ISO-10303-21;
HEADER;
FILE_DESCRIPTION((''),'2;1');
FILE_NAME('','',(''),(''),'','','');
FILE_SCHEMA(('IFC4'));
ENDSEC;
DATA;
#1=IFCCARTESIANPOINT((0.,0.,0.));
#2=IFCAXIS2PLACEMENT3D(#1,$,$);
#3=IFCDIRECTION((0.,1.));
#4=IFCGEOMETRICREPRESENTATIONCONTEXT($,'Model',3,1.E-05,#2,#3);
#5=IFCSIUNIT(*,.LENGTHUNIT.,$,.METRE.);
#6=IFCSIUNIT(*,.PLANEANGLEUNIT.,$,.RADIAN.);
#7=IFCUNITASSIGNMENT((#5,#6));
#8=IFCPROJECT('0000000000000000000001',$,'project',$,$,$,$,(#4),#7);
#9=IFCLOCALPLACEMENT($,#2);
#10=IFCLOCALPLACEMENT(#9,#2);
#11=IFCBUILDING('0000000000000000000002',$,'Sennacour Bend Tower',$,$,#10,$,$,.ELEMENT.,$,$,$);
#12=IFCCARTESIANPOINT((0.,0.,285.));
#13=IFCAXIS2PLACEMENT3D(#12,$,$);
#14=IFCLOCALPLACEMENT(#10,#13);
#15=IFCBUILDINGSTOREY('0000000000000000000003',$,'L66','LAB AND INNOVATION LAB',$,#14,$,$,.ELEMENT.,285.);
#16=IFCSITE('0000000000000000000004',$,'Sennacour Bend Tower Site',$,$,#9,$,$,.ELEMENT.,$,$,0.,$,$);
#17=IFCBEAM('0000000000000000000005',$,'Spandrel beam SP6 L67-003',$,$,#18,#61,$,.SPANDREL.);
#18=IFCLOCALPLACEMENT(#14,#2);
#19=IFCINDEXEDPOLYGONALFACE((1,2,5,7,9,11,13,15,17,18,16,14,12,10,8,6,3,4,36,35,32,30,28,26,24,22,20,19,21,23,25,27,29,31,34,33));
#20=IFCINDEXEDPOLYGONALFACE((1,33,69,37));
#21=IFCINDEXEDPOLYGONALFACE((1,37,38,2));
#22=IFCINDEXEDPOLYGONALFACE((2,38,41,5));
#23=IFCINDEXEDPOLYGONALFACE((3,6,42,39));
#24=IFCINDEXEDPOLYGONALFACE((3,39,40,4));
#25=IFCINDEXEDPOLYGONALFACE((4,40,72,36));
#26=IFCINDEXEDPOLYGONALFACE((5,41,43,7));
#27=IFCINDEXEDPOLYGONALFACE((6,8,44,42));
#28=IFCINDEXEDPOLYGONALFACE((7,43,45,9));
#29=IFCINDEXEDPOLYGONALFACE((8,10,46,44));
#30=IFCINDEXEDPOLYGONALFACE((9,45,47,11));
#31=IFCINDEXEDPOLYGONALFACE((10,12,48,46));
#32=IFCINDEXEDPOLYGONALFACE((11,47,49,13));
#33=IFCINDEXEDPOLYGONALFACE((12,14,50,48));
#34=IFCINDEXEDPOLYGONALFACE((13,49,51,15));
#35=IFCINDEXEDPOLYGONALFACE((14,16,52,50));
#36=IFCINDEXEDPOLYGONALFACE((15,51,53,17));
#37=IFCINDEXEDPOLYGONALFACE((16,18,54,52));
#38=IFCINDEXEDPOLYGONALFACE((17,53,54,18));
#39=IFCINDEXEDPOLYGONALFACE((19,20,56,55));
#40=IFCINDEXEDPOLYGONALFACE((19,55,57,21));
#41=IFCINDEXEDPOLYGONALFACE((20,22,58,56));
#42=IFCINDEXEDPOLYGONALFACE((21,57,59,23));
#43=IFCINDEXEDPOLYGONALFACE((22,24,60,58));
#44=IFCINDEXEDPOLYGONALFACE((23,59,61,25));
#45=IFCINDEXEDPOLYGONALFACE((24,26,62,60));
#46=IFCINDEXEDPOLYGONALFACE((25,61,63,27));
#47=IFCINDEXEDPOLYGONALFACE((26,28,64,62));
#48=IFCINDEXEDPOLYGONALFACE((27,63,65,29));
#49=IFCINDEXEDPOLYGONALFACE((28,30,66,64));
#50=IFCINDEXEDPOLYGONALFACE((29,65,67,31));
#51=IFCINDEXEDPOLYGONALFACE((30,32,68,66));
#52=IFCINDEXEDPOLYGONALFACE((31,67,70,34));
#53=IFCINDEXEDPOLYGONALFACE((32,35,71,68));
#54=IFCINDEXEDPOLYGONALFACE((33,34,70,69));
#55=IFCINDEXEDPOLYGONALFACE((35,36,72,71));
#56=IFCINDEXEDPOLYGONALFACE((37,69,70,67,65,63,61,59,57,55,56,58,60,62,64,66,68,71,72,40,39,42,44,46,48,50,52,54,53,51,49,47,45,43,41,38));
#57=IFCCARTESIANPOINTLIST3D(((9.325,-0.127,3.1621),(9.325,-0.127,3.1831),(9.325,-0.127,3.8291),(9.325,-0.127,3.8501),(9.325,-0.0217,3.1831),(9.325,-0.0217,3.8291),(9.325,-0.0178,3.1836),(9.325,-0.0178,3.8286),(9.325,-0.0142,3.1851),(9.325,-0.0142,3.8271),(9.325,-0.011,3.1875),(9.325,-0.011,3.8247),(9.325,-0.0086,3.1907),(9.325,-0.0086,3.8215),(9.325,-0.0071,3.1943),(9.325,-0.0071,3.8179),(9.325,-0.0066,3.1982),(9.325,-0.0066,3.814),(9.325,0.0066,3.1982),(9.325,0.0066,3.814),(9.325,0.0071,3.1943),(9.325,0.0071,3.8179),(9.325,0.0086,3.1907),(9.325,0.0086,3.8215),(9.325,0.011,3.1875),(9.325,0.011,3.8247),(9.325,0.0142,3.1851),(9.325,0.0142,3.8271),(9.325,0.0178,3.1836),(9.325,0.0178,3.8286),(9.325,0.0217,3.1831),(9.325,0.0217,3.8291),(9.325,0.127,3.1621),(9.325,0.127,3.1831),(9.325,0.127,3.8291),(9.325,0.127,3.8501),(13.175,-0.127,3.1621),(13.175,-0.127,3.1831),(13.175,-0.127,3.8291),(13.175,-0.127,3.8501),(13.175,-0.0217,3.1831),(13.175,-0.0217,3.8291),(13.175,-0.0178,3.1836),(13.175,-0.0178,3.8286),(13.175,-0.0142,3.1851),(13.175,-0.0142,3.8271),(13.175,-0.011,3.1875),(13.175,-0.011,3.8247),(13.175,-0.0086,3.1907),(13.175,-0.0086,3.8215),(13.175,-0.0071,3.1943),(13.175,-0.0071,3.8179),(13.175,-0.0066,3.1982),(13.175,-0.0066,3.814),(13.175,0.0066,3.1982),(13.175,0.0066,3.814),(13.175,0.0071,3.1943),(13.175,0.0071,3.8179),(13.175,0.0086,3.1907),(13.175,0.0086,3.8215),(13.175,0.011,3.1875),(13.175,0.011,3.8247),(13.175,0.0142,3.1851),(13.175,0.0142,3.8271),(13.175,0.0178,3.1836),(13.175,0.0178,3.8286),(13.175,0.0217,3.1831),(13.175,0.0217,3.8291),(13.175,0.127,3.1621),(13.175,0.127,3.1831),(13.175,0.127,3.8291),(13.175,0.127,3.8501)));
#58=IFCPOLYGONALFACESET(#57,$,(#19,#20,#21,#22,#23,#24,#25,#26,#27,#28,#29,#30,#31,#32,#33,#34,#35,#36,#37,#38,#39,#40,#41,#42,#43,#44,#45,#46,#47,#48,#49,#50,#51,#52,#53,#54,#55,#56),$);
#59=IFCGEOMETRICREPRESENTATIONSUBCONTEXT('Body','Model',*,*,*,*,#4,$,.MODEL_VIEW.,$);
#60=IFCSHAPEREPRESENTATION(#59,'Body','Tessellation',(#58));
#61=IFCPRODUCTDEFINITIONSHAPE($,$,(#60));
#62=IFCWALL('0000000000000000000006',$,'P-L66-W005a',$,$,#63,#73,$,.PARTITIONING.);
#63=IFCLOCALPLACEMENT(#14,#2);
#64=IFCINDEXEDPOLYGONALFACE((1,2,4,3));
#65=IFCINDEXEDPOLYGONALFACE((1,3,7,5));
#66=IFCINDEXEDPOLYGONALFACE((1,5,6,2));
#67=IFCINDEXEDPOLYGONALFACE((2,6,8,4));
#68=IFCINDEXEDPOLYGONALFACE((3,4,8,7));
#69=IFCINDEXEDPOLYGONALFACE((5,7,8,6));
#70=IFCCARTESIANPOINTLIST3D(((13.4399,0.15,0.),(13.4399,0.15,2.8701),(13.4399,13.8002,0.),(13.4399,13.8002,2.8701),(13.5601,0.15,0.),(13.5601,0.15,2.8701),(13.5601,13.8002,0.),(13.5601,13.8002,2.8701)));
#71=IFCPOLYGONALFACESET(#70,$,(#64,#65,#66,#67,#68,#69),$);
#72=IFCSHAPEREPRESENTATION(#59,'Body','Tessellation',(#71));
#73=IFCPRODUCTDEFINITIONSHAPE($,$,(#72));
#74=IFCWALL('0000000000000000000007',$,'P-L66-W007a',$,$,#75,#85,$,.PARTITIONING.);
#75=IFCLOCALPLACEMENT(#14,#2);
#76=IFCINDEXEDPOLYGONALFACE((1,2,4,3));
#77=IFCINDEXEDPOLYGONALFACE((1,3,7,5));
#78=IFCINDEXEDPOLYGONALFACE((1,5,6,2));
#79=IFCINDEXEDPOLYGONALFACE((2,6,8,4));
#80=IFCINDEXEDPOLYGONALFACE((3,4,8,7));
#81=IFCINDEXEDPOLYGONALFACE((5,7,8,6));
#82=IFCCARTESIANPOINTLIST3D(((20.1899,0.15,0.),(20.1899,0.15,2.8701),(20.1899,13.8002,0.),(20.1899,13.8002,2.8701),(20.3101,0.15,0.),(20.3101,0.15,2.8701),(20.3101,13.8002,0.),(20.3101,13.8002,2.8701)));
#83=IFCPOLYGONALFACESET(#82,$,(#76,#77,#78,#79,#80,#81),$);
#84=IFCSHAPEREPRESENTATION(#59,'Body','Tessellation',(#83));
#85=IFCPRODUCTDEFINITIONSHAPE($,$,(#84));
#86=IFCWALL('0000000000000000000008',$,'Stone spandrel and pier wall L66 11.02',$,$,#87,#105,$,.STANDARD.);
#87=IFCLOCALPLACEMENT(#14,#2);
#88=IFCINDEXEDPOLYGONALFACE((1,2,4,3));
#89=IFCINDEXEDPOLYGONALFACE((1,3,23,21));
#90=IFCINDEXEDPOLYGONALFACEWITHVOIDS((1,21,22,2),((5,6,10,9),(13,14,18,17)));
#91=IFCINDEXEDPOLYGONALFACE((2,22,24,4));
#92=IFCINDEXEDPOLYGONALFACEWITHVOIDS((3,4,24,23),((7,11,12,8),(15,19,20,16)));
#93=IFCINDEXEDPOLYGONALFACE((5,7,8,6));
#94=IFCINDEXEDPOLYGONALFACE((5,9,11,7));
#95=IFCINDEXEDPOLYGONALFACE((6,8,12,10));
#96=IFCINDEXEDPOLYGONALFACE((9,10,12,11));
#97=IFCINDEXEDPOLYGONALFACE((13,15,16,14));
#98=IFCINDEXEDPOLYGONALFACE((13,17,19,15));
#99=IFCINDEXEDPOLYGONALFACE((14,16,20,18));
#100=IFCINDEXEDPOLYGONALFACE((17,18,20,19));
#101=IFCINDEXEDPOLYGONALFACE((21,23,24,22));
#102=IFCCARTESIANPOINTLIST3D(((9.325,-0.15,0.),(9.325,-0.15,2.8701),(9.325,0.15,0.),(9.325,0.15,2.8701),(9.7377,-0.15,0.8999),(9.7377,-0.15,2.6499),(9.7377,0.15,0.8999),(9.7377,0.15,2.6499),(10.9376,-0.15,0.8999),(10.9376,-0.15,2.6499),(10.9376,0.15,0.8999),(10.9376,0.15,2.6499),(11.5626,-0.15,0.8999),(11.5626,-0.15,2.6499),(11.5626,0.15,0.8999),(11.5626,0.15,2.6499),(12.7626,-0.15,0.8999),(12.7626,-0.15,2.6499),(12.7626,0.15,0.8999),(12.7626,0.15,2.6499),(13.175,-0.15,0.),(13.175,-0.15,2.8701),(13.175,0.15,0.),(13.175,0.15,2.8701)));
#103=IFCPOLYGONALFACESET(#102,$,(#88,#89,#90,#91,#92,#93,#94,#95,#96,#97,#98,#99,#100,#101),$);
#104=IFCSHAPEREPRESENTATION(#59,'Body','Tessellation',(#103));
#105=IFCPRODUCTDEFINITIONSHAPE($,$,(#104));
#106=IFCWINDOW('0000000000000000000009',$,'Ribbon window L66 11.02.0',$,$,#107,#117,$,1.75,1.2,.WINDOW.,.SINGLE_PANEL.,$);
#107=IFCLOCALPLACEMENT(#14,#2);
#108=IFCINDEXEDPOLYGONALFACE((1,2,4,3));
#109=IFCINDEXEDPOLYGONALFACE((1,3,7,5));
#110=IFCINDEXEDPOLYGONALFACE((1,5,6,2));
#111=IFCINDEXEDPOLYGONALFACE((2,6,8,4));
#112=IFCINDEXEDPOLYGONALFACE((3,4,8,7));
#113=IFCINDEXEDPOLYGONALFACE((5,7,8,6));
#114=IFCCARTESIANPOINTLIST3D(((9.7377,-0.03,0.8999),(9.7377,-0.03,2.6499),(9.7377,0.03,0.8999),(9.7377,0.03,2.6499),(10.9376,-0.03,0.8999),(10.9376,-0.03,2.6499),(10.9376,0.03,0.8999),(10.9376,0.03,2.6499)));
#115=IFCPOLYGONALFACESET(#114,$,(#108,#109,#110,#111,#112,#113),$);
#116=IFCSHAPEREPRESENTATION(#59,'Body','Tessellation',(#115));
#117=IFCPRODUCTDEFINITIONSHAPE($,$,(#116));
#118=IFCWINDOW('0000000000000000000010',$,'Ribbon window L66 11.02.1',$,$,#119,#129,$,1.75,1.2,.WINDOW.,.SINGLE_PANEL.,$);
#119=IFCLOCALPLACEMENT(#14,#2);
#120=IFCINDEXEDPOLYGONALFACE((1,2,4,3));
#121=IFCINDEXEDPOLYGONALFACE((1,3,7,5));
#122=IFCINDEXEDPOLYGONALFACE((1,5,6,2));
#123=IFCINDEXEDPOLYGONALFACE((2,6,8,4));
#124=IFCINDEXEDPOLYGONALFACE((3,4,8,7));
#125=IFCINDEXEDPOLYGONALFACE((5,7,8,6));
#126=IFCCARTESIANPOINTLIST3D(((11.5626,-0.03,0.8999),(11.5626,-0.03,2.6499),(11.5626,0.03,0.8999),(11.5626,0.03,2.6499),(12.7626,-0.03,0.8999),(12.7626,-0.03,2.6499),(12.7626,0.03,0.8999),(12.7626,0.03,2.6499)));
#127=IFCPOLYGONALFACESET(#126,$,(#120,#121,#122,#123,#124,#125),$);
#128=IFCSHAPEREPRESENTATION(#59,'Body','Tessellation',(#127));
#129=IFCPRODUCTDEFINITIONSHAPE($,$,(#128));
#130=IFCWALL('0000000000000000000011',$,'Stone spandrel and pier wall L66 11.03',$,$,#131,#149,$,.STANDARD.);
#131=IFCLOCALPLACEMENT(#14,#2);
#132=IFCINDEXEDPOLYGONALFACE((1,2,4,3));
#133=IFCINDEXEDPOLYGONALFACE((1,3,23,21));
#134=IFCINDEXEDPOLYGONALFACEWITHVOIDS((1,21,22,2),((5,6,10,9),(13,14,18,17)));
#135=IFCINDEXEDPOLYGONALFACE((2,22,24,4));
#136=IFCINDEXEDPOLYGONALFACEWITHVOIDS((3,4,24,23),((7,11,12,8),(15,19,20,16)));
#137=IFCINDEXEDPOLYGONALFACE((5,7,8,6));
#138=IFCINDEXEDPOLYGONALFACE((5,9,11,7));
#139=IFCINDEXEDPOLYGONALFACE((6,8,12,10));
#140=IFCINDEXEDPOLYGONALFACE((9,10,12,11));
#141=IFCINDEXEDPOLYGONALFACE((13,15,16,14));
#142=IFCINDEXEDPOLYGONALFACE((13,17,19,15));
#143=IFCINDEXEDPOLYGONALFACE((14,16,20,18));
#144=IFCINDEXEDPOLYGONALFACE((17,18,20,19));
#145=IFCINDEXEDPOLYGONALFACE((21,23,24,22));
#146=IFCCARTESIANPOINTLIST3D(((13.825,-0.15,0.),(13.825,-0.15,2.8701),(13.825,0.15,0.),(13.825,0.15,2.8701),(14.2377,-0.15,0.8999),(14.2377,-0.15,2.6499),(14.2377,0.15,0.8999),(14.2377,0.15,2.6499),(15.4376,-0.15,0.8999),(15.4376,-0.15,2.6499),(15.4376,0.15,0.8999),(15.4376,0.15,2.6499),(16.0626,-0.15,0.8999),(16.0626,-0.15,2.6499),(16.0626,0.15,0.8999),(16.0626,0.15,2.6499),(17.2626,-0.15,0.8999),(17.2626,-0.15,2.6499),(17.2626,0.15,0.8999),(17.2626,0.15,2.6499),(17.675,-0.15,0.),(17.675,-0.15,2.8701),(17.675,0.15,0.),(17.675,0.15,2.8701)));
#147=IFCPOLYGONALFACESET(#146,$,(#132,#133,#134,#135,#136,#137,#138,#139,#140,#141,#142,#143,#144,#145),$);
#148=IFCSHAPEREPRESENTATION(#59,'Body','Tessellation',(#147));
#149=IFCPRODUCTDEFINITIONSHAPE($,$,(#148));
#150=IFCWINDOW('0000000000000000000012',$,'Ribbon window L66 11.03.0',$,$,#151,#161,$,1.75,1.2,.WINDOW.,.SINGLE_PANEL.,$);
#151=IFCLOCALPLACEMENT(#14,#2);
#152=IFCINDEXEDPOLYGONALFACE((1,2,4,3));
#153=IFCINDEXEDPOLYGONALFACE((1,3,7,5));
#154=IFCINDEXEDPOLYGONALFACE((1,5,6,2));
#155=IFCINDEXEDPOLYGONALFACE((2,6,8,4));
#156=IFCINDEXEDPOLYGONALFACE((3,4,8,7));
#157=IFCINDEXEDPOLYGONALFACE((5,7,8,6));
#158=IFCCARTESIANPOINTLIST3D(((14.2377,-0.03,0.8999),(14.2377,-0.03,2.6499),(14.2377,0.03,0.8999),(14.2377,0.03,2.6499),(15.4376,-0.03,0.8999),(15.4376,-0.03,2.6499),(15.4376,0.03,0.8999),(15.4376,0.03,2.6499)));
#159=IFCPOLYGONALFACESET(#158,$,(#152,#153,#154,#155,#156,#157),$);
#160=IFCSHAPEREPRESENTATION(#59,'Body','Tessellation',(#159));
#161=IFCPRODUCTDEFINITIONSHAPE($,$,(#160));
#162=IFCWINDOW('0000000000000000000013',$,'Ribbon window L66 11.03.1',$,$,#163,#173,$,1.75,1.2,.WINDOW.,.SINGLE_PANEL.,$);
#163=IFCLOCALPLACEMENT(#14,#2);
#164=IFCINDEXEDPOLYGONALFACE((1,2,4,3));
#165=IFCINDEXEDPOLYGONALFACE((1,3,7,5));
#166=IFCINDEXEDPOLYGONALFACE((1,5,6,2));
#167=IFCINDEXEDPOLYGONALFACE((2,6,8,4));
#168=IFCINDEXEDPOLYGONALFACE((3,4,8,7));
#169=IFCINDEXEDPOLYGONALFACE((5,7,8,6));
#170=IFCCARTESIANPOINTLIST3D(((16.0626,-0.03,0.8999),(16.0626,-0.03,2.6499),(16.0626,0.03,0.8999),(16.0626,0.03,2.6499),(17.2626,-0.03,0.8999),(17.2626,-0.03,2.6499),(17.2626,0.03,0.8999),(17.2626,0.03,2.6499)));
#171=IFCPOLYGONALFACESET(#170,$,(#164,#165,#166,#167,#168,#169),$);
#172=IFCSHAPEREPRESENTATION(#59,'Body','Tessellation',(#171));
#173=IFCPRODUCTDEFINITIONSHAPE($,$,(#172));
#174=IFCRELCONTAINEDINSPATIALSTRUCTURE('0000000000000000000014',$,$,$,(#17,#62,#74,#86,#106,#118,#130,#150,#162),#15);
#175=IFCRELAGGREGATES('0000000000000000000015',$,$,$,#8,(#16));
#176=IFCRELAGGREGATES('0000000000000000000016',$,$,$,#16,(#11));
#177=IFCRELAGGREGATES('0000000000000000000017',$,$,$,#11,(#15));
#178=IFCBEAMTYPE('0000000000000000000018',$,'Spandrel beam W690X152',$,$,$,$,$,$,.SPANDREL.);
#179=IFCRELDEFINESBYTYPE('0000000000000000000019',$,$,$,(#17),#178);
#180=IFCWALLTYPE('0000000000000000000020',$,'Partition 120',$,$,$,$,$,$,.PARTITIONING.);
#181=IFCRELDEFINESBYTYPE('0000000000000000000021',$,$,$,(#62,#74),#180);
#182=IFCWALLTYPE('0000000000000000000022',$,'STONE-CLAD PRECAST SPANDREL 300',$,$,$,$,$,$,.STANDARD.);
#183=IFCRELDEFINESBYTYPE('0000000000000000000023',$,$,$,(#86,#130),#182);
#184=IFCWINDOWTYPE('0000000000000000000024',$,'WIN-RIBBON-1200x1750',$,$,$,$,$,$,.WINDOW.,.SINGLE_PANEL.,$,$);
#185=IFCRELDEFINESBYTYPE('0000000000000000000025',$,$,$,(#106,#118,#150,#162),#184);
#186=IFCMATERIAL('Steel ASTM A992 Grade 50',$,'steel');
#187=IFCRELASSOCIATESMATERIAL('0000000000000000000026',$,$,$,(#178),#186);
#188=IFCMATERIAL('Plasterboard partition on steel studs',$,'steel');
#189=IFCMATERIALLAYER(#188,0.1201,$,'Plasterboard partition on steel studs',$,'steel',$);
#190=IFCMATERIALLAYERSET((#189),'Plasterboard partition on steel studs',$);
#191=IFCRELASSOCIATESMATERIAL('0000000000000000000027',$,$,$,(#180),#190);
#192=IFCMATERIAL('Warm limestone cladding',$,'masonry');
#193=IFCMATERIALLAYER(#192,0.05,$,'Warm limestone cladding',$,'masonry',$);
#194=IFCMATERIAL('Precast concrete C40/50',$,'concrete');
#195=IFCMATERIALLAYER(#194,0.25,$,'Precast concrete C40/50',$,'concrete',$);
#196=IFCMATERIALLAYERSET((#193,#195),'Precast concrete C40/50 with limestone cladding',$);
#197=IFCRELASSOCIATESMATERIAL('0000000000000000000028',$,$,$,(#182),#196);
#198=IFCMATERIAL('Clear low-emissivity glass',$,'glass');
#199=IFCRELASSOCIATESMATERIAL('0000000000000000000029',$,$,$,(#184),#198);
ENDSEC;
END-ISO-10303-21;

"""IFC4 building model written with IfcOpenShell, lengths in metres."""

from ifc_helpers import new_model, si_unit, direction, frame, frame_2d, origin, origin_2d, place, context, subcontext, project, spatial, rectangle, i_section, extrude, material, layer, layer_set, material_profile, profile_set, type_object, element, fill, save


model = new_model("IFC4")

# Units and contexts
model_context = context("Model", 3, precision=1e-05, world=origin(), true_north=direction((0.0, 1.0)))
body_context = subcontext(model_context, "Body", "Model", "MODEL_VIEW")
ifc_project = project(units=[si_unit("LENGTHUNIT", "METRE"), si_unit("PLANEANGLEUNIT", "RADIAN")], contexts=[model_context])

# Site, building, storey
site_placement = place(None, origin())
site = spatial("IfcSite", under=ifc_project, at=site_placement, Name="Sennacour Bend Tower Site", CompositionType="ELEMENT", RefElevation=0.0)
building_placement = place(site_placement, origin())
building = spatial("IfcBuilding", under=site, at=building_placement, Name="Sennacour Bend Tower", CompositionType="ELEMENT")
storey_placement = place(building_placement, frame((0.0, 0.0, 285.0)))
storey = spatial("IfcBuildingStorey", under=building, at=storey_placement, Name="L66", Description="LAB AND INNOVATION LAB", CompositionType="ELEMENT", Elevation=285.0)

# Beam
ifc_material_1 = material(Name="Steel ASTM A992 Grade 50", Category="steel")
ifc_material_profile_1 = material_profile(ifc_material_1, i_section(OverallWidth=0.2539, OverallDepth=0.688, WebThickness=0.0132, FlangeThickness=0.021, FilletRadius=0.0151, at=origin_2d()), Name="Steel ASTM A992 Grade 50", Category="steel")
ifc_profile_set_1 = profile_set([ifc_material_profile_1], Name="Steel ASTM A992 Grade 50")
beam_type_1 = type_object("IfcBeamType", Name="Spandrel beam W690X152", PredefinedType="SPANDREL", material=ifc_profile_set_1)
for number, where, z_axis, x_axis, name in (
    (1, (13.175, 0.0, 3.5061), (-1.0, 0.0, 0.0), (0.0, -1.0, 0.0), "Spandrel beam SP6 L67-003"),
):
    element("IfcBeam", number, at=place(storey_placement, frame(where, z_axis=z_axis, x_axis=x_axis)), inside=storey, type_object=beam_type_1, Name=name, PredefinedType="SPANDREL", context=body_context, shape_type="SweptSolid", body=[
        extrude(i_section(OverallWidth=0.2539, OverallDepth=0.688, WebThickness=0.0132, FlangeThickness=0.021, FilletRadius=0.0151, at=origin_2d()), origin(), (0.0, 0.0, 1.0), 3.8501),
    ])

# Walls
ifc_material_2 = material(Name="Plasterboard partition on steel studs", Category="steel")
ifc_layer_1 = layer(ifc_material_2, 0.1201, Name="Plasterboard partition on steel studs", Category="steel")
ifc_layer_set_1 = layer_set([ifc_layer_1], Name="Plasterboard partition on steel studs")
wall_type_1 = type_object("IfcWallType", Name="Partition 120", PredefinedType="PARTITIONING", material=ifc_layer_set_1)
for number, where, z_axis, x_axis, name in (
    (2, (13.5, 0.1499, 0.0), (0.0, 0.0, 1.0), (0.0, 1.0, 0.0), "P-L66-W005a"),
    (3, (20.25, 0.1499, 0.0), (0.0, 0.0, 1.0), (0.0, 1.0, 0.0), "P-L66-W007a"),
):
    element("IfcWall", number, at=place(storey_placement, frame(where, z_axis=z_axis, x_axis=x_axis)), inside=storey, type_object=wall_type_1, Name=name, PredefinedType="PARTITIONING", context=body_context, shape_type="SweptSolid", body=[
        extrude(rectangle(XDim=13.6501, YDim=0.1201, at=frame_2d((6.8252, 0.0))), origin(), (0.0, 0.0, 1.0), 2.8701),
    ])

# Walls, openings, windows
ifc_material_3 = material(Name="Warm limestone cladding", Category="masonry")
ifc_layer_2 = layer(ifc_material_3, 0.05, Name="Warm limestone cladding", Category="masonry")
ifc_material_4 = material(Name="Precast concrete C40/50", Category="concrete")
ifc_layer_3 = layer(ifc_material_4, 0.25, Name="Precast concrete C40/50", Category="concrete")
ifc_layer_set_2 = layer_set([ifc_layer_2, ifc_layer_3], Name="Precast concrete C40/50 with limestone cladding")
wall_type_2 = type_object("IfcWallType", Name="STONE-CLAD PRECAST SPANDREL 300", PredefinedType="STANDARD", material=ifc_layer_set_2)
wall_1_placement = place(storey_placement, frame((9.325, 0.0, 0.0), z_axis=(0.0, 0.0, 1.0), x_axis=(1.0, 0.0, 0.0)))
wall_1 = element("IfcWall", 4, at=wall_1_placement, inside=storey, type_object=wall_type_2, Name="Stone spandrel and pier wall L66 11.02", PredefinedType="STANDARD", context=body_context, shape_type="SweptSolid", body=[
    extrude(rectangle(XDim=3.8501, YDim=0.3, at=frame_2d((1.925, 0.0))), origin(), (0.0, 0.0, 1.0), 2.8701),
])
opening_1_placement = place(wall_1_placement, frame((0.4126, 0.0, 0.8999)))
opening_1 = element("IfcOpeningElement", 5, at=opening_1_placement, cuts=wall_1, PredefinedType="OPENING", context=body_context, shape_type="SweptSolid", body=[
    extrude(rectangle(XDim=1.2, YDim=1.75, at=frame_2d((0.6001, 0.875))), frame((0.0, 0.1602, 0.0), z_axis=(0.0, -1.0, 0.0), x_axis=(1.0, 0.0, 0.0)), (0.0, 0.0, 1.0), 0.3201),
])
opening_2_placement = place(wall_1_placement, frame((2.2375, 0.0, 0.8999)))
opening_2 = element("IfcOpeningElement", 6, at=opening_2_placement, cuts=wall_1, PredefinedType="OPENING", context=body_context, shape_type="SweptSolid", body=[
    extrude(rectangle(XDim=1.2, YDim=1.75, at=frame_2d((0.6001, 0.875))), frame((0.0, 0.1602, 0.0), z_axis=(0.0, -1.0, 0.0), x_axis=(1.0, 0.0, 0.0)), (0.0, 0.0, 1.0), 0.3201),
])
ifc_material_5 = material(Name="Clear low-emissivity glass", Category="glass")
window_type = type_object("IfcWindowType", Name="WIN-RIBBON-1200x1750", PartitioningType="SINGLE_PANEL", PredefinedType="WINDOW", material=ifc_material_5)
window_1_placement = place(opening_1_placement, origin())
window_1 = element("IfcWindow", 7, at=window_1_placement, inside=storey, type_object=window_type, Name="Ribbon window L66 11.02.0", OverallHeight=1.75, OverallWidth=1.2, PartitioningType="SINGLE_PANEL", PredefinedType="WINDOW", context=body_context, shape_type="SweptSolid", body=[
    extrude(rectangle(XDim=1.2, YDim=1.75, at=frame_2d((0.6001, 0.875))), frame((0.0, 0.03, 0.0), z_axis=(0.0, -1.0, 0.0), x_axis=(1.0, 0.0, 0.0)), (0.0, 0.0, 1.0), 0.0601),
])
fill(opening_1, window_1)
window_2_placement = place(opening_2_placement, origin())
window_2 = element("IfcWindow", 8, at=window_2_placement, inside=storey, type_object=window_type, Name="Ribbon window L66 11.02.1", OverallHeight=1.75, OverallWidth=1.2, PartitioningType="SINGLE_PANEL", PredefinedType="WINDOW", context=body_context, shape_type="SweptSolid", body=[
    extrude(rectangle(XDim=1.2, YDim=1.75, at=frame_2d((0.6001, 0.875))), frame((0.0, 0.03, 0.0), z_axis=(0.0, -1.0, 0.0), x_axis=(1.0, 0.0, 0.0)), (0.0, 0.0, 1.0), 0.0601),
])
fill(opening_2, window_2)
wall_2_placement = place(storey_placement, frame((13.825, 0.0, 0.0), z_axis=(0.0, 0.0, 1.0), x_axis=(1.0, 0.0, 0.0)))
wall_2 = element("IfcWall", 9, at=wall_2_placement, inside=storey, type_object=wall_type_2, Name="Stone spandrel and pier wall L66 11.03", PredefinedType="STANDARD", context=body_context, shape_type="SweptSolid", body=[
    extrude(rectangle(XDim=3.8501, YDim=0.3, at=frame_2d((1.925, 0.0))), origin(), (0.0, 0.0, 1.0), 2.8701),
])
opening_3_placement = place(wall_2_placement, frame((0.4126, 0.0, 0.8999)))
opening_3 = element("IfcOpeningElement", 10, at=opening_3_placement, cuts=wall_2, PredefinedType="OPENING", context=body_context, shape_type="SweptSolid", body=[
    extrude(rectangle(XDim=1.2, YDim=1.75, at=frame_2d((0.6001, 0.875))), frame((0.0, 0.1602, 0.0), z_axis=(0.0, -1.0, 0.0), x_axis=(1.0, 0.0, 0.0)), (0.0, 0.0, 1.0), 0.3201),
])
opening_4_placement = place(wall_2_placement, frame((2.2375, 0.0, 0.8999)))
opening_4 = element("IfcOpeningElement", 11, at=opening_4_placement, cuts=wall_2, PredefinedType="OPENING", context=body_context, shape_type="SweptSolid", body=[
    extrude(rectangle(XDim=1.2, YDim=1.75, at=frame_2d((0.6001, 0.875))), frame((0.0, 0.1602, 0.0), z_axis=(0.0, -1.0, 0.0), x_axis=(1.0, 0.0, 0.0)), (0.0, 0.0, 1.0), 0.3201),
])
window_3_placement = place(opening_3_placement, origin())
window_3 = element("IfcWindow", 12, at=window_3_placement, inside=storey, type_object=window_type, Name="Ribbon window L66 11.03.0", OverallHeight=1.75, OverallWidth=1.2, PartitioningType="SINGLE_PANEL", PredefinedType="WINDOW", context=body_context, shape_type="SweptSolid", body=[
    extrude(rectangle(XDim=1.2, YDim=1.75, at=frame_2d((0.6001, 0.875))), frame((0.0, 0.03, 0.0), z_axis=(0.0, -1.0, 0.0), x_axis=(1.0, 0.0, 0.0)), (0.0, 0.0, 1.0), 0.0601),
])
fill(opening_3, window_3)
window_4_placement = place(opening_4_placement, origin())
window_4 = element("IfcWindow", 13, at=window_4_placement, inside=storey, type_object=window_type, Name="Ribbon window L66 11.03.1", OverallHeight=1.75, OverallWidth=1.2, PartitioningType="SINGLE_PANEL", PredefinedType="WINDOW", context=body_context, shape_type="SweptSolid", body=[
    extrude(rectangle(XDim=1.2, YDim=1.75, at=frame_2d((0.6001, 0.875))), frame((0.0, 0.03, 0.0), z_axis=(0.0, -1.0, 0.0), x_axis=(1.0, 0.0, 0.0)), (0.0, 0.0, 1.0), 0.0601),
])
fill(opening_4, window_4)

save(model, "model.ifc")
